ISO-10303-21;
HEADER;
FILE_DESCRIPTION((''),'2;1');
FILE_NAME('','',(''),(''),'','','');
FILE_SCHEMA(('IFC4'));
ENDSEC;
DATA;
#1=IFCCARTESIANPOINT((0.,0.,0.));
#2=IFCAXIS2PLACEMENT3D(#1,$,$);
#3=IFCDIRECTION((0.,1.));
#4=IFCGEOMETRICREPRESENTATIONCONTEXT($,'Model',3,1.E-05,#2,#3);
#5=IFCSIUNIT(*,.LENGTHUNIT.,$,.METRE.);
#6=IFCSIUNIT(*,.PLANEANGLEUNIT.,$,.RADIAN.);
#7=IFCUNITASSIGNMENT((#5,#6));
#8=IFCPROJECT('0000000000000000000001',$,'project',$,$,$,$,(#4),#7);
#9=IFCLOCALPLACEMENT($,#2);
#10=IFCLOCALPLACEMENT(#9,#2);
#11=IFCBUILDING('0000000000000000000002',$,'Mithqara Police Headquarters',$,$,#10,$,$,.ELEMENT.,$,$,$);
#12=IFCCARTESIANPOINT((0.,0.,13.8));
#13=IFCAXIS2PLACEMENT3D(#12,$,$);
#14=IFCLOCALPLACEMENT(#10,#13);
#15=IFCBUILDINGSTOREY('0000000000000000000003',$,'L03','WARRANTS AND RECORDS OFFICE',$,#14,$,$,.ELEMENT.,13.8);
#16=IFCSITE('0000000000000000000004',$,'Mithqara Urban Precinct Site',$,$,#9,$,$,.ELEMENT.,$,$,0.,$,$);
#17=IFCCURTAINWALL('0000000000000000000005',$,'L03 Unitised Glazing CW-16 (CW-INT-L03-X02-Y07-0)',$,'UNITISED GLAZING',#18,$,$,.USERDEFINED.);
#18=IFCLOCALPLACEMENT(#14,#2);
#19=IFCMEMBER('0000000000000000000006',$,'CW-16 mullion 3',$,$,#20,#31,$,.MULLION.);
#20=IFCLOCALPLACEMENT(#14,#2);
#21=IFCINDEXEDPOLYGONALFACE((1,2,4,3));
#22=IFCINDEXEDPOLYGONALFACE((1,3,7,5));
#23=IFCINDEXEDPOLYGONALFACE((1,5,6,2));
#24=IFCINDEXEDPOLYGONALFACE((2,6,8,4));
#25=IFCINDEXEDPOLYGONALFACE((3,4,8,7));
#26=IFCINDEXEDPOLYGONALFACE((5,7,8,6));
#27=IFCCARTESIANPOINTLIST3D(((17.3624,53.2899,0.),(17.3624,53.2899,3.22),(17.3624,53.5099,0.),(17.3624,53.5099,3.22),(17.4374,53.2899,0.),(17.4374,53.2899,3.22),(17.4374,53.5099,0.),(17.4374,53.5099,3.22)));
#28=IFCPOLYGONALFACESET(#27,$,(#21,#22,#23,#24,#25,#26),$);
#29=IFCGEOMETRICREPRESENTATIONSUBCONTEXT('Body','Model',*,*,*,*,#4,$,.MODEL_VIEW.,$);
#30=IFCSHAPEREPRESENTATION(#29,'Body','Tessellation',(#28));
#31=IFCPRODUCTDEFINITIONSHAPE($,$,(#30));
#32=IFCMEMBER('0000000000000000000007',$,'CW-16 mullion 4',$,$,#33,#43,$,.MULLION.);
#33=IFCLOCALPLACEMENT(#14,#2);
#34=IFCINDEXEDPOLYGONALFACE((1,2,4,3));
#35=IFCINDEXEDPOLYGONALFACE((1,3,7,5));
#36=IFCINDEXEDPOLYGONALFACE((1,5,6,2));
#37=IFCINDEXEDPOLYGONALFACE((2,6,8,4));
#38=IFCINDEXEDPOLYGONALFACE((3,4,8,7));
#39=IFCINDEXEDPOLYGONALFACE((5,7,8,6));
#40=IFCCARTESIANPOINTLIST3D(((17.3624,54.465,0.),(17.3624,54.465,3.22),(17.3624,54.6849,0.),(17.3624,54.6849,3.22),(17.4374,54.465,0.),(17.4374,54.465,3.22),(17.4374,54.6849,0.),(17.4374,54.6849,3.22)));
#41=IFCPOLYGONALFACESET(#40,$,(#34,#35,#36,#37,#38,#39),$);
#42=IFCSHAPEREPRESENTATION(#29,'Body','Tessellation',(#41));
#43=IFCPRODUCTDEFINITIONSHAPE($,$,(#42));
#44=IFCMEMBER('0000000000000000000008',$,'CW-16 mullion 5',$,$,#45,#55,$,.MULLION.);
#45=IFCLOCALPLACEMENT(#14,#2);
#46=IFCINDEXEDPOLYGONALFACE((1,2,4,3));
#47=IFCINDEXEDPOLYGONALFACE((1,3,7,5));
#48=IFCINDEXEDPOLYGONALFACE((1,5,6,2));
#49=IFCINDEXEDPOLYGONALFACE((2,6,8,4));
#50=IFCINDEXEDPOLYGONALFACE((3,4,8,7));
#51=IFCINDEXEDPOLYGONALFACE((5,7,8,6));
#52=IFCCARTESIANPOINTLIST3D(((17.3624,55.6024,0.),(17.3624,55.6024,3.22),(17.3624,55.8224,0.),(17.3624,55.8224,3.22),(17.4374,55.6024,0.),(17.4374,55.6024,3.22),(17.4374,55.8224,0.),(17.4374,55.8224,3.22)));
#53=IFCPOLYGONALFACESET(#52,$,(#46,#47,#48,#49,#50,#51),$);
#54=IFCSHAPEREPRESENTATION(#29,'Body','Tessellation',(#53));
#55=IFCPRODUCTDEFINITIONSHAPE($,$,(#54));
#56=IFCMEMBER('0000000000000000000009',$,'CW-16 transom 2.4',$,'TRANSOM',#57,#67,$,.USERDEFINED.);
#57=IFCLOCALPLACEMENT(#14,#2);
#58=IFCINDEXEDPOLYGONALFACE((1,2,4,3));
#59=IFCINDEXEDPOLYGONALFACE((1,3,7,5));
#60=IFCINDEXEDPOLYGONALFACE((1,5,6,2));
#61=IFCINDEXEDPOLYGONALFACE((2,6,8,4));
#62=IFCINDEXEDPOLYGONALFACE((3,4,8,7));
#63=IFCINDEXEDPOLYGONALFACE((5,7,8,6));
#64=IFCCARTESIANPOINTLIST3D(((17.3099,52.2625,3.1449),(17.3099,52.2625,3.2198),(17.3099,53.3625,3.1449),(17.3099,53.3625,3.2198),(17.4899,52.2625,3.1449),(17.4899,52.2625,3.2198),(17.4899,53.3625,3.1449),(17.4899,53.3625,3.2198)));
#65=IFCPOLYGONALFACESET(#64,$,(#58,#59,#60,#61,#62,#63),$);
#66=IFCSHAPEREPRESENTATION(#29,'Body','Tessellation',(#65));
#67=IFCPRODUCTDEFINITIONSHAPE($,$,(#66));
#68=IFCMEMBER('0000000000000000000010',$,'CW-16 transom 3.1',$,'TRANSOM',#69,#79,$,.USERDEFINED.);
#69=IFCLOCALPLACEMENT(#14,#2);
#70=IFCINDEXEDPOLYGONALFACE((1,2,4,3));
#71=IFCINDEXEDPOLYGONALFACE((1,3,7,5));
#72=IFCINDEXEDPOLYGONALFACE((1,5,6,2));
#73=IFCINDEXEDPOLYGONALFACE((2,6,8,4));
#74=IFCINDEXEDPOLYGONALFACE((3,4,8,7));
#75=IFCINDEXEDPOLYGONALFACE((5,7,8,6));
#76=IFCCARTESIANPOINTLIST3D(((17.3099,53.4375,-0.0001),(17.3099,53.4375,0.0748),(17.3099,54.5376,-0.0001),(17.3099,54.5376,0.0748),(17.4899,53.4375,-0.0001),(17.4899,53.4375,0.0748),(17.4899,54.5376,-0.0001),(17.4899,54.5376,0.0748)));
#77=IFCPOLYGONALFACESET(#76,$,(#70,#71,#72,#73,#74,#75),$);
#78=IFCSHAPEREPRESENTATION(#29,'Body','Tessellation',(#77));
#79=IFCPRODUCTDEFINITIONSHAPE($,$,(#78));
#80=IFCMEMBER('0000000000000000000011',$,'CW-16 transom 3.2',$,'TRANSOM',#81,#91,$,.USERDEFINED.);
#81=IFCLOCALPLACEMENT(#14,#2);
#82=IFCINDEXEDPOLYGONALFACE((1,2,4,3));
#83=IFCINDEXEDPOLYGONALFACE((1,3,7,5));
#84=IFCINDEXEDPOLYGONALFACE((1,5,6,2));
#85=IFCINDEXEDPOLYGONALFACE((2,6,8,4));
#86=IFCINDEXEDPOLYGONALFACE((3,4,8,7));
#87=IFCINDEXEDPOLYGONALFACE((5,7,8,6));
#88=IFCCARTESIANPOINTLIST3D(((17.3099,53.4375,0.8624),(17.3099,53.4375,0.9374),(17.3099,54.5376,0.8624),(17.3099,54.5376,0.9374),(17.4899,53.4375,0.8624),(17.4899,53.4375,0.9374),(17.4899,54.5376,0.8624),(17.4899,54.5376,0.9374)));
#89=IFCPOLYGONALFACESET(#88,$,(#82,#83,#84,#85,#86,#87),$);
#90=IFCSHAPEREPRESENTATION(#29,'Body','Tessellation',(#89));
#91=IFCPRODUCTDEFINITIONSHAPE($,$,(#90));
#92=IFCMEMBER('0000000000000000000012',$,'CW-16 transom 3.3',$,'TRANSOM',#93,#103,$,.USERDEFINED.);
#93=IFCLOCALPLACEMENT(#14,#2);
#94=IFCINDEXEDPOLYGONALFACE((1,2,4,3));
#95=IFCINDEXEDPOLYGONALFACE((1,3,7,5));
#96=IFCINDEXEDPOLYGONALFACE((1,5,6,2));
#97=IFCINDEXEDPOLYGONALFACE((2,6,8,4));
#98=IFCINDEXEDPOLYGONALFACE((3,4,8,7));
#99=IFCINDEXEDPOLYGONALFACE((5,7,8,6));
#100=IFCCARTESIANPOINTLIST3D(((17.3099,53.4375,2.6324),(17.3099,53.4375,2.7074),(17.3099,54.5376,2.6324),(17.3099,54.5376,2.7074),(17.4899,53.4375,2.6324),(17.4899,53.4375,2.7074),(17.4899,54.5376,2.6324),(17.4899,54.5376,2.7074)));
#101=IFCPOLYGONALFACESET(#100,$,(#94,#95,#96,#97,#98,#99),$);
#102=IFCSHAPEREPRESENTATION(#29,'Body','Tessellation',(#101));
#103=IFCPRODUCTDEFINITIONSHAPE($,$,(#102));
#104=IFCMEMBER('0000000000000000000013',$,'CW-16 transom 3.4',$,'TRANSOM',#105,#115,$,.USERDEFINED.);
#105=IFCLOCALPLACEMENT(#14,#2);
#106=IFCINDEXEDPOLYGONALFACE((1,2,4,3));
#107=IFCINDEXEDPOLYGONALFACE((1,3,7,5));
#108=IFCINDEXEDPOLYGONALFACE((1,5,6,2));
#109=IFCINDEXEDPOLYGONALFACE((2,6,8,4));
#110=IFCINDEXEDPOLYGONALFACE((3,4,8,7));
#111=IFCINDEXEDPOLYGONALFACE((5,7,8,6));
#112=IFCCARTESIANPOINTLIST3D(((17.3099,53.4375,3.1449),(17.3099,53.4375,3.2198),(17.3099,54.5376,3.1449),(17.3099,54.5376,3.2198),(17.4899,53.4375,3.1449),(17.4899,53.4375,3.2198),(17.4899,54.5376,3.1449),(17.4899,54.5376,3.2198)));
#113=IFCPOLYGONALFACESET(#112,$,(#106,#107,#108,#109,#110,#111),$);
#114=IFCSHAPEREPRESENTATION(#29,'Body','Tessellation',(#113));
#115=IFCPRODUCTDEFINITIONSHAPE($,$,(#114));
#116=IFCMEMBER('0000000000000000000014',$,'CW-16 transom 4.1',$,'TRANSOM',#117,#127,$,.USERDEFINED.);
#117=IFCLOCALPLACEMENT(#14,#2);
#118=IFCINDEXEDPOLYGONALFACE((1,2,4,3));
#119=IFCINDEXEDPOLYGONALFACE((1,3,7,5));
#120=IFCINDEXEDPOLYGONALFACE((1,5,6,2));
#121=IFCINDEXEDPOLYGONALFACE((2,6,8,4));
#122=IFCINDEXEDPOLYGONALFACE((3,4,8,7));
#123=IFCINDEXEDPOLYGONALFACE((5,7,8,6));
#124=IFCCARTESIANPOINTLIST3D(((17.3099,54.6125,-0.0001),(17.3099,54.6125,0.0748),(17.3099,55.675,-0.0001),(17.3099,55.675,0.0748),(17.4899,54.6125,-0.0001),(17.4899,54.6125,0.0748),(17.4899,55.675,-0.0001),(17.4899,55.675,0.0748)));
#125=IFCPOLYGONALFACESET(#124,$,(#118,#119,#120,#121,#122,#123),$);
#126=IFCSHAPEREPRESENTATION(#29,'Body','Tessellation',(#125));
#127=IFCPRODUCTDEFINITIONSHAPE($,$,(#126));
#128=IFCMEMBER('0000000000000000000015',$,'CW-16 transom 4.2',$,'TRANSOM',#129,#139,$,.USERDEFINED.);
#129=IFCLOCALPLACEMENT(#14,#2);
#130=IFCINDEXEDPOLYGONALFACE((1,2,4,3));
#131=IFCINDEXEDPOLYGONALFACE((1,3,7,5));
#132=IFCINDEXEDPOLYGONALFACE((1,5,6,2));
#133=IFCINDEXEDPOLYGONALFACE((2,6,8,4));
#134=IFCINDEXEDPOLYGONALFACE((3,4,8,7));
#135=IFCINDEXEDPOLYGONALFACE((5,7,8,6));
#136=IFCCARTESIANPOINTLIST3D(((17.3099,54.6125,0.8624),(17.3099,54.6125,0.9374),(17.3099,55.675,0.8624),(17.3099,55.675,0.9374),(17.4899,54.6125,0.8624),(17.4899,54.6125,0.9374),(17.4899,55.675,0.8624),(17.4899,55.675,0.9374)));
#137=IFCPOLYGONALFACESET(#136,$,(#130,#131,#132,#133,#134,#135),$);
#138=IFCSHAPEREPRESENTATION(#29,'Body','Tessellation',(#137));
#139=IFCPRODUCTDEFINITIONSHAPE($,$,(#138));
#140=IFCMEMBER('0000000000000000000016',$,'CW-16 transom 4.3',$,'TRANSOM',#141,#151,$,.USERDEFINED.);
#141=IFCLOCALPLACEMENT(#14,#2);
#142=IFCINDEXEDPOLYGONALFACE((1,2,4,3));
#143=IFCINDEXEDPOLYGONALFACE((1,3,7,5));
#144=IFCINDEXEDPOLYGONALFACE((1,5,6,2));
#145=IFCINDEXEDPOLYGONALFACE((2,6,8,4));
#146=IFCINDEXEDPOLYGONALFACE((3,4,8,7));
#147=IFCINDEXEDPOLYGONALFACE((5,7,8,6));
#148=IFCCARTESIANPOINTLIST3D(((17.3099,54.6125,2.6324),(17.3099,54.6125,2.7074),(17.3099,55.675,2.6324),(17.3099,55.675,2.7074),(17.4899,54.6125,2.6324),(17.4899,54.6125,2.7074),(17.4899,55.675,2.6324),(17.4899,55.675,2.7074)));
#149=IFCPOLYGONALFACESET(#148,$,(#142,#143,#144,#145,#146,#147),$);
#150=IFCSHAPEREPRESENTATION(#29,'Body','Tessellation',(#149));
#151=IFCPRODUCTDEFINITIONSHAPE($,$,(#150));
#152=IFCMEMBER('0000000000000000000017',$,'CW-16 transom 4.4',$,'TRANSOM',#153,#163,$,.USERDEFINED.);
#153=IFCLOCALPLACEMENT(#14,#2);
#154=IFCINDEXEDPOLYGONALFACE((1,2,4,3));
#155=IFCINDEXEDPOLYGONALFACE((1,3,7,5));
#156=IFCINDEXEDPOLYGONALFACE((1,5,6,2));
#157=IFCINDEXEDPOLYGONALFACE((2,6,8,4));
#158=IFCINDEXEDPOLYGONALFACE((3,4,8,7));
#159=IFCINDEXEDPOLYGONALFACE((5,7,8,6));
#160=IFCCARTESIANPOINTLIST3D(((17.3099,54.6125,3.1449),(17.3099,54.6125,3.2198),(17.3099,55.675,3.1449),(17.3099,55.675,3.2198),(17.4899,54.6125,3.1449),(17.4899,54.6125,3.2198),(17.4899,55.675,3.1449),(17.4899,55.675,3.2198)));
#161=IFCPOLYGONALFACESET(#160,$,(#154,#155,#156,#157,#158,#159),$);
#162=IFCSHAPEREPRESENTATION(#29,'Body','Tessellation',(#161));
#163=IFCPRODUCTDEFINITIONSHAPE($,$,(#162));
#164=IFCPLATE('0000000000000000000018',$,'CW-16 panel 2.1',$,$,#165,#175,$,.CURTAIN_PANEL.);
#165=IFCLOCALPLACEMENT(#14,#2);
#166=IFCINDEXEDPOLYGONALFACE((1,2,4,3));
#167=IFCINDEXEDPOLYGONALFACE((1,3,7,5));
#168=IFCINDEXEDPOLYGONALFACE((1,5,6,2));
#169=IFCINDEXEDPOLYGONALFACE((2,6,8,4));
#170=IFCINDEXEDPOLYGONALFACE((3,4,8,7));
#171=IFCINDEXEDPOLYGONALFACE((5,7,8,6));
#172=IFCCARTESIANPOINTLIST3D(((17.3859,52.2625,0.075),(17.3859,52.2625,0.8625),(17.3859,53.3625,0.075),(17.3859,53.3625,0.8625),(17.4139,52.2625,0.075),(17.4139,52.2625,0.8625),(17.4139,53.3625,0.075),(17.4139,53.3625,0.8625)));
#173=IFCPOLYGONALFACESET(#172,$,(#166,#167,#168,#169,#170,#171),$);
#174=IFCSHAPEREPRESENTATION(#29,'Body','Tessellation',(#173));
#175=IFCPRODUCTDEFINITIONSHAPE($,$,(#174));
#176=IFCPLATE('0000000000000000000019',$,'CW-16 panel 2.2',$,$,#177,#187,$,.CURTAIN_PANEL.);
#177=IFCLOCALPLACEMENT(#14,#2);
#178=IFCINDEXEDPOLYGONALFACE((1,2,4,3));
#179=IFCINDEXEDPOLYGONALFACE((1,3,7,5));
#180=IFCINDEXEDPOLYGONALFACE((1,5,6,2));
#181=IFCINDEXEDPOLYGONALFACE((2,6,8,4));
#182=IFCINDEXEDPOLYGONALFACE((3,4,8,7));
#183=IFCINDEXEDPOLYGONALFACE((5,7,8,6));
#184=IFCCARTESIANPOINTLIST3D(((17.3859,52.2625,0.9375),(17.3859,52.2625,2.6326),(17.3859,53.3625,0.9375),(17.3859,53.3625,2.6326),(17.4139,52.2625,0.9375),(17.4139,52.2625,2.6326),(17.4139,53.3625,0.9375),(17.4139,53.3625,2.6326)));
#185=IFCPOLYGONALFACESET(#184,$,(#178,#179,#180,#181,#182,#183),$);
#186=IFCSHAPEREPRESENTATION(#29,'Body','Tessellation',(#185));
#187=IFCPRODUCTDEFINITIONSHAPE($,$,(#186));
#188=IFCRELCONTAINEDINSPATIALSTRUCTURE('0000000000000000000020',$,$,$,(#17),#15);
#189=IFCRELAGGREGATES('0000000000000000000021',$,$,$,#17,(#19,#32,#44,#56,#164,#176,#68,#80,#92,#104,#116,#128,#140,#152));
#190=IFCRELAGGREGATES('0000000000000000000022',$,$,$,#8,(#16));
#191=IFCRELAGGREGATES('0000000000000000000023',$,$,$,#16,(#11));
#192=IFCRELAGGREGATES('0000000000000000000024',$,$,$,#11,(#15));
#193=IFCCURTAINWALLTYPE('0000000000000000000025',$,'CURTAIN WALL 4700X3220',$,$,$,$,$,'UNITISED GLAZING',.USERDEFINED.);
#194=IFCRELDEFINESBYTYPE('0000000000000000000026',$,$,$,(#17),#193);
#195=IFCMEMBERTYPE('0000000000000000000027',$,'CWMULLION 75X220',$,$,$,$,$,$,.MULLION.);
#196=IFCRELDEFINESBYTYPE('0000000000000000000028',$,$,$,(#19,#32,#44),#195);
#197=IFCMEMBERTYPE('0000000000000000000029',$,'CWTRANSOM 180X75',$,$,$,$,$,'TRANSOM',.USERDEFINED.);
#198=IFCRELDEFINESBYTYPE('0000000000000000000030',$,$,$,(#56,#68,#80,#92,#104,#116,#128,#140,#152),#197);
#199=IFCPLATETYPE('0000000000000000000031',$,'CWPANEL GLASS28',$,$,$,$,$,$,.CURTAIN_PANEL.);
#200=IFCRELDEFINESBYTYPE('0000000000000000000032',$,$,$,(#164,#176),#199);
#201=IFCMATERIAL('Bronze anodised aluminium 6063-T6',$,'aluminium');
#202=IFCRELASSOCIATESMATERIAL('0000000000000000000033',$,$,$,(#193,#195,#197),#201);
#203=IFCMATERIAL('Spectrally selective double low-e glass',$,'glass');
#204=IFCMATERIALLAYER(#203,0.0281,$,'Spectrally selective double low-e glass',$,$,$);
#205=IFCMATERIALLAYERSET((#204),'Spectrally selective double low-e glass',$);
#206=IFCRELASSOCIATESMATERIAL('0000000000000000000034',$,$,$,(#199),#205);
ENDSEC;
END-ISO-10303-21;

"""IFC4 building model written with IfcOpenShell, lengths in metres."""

from ifc_helpers import new_model, si_unit, direction, frame, origin, origin_2d, place, context, subcontext, project, spatial, rectangle, extrude, material, layer, layer_set, material_profile, profile_set, type_object, element, aggregate, save


model = new_model("IFC4")

# Units and contexts
model_context = context("Model", 3, precision=1e-05, world=origin(), true_north=direction((0.0, 1.0)))
body_context = subcontext(model_context, "Body", "Model", "MODEL_VIEW")
ifc_project = project(units=[si_unit("LENGTHUNIT", "METRE"), si_unit("PLANEANGLEUNIT", "RADIAN")], contexts=[model_context])

# Site, building, storey
site_placement = place(None, origin())
site = spatial("IfcSite", under=ifc_project, at=site_placement, Name="Mithqara Urban Precinct Site", CompositionType="ELEMENT", RefElevation=0.0)
building_placement = place(site_placement, origin())
building = spatial("IfcBuilding", under=site, at=building_placement, Name="Mithqara Police Headquarters", CompositionType="ELEMENT")
storey_placement = place(building_placement, frame((0.0, 0.0, 13.8)))
storey = spatial("IfcBuildingStorey", under=building, at=storey_placement, Name="L03", Description="WARRANTS AND RECORDS OFFICE", CompositionType="ELEMENT", Elevation=13.8)

# Curtain wall, members, plates
ifc_material_1 = material(Name="Bronze anodised aluminium 6063-T6", Category="aluminium")
curtain_wall_type = type_object("IfcCurtainWallType", Name="CURTAIN WALL 4700X3220", ElementType="UNITISED GLAZING", PredefinedType="USERDEFINED", material=ifc_material_1)
curtain_wall_placement = place(storey_placement, origin())
curtain_wall = element("IfcCurtainWall", 1, at=curtain_wall_placement, inside=storey, type_object=curtain_wall_type, Name="L03 Unitised Glazing CW-16 (CW-INT-L03-X02-Y07-0)", ObjectType="UNITISED GLAZING", PredefinedType="USERDEFINED")
ifc_material_profile_1 = material_profile(ifc_material_1, rectangle(XDim=0.075, YDim=0.22, at=origin_2d()), Name="CWM 75x220")
ifc_profile_set_1 = profile_set([ifc_material_profile_1], Name="Bronze anodised aluminium 6063-T6")
member_type_1 = type_object("IfcMemberType", Name="CWMULLION 75X220", PredefinedType="MULLION", material=ifc_profile_set_1)
member_1_placement = place(storey_placement, frame((17.3999, 53.3999, 0.0), z_axis=(0.0, 0.0, 1.0), x_axis=(-1.0, 0.0, 0.0)))
member_1 = element("IfcMember", 2, at=member_1_placement, type_object=member_type_1, Name="CW-16 mullion 3", PredefinedType="MULLION", context=body_context, shape_type="SweptSolid", body=[
    extrude(rectangle(XDim=0.075, YDim=0.22, at=origin_2d()), origin(), (0.0, 0.0, 1.0), 3.22),
])
member_2_placement = place(storey_placement, frame((17.3999, 54.575, 0.0), z_axis=(0.0, 0.0, 1.0), x_axis=(-1.0, 0.0, 0.0)))
member_2 = element("IfcMember", 3, at=member_2_placement, type_object=member_type_1, Name="CW-16 mullion 4", PredefinedType="MULLION", context=body_context, shape_type="SweptSolid", body=[
    extrude(rectangle(XDim=0.075, YDim=0.22, at=origin_2d()), origin(), (0.0, 0.0, 1.0), 3.22),
])
member_3_placement = place(storey_placement, frame((17.3999, 55.7124, 0.0), z_axis=(0.0, 0.0, 1.0), x_axis=(-1.0, 0.0, 0.0)))
member_3 = element("IfcMember", 4, at=member_3_placement, type_object=member_type_1, Name="CW-16 mullion 5", PredefinedType="MULLION", context=body_context, shape_type="SweptSolid", body=[
    extrude(rectangle(XDim=0.075, YDim=0.22, at=origin_2d()), origin(), (0.0, 0.0, 1.0), 3.22),
])
ifc_material_profile_2 = material_profile(ifc_material_1, rectangle(XDim=0.1799, YDim=0.075, at=origin_2d()), Name="CWT 180x75")
ifc_profile_set_2 = profile_set([ifc_material_profile_2], Name="Bronze anodised aluminium 6063-T6")
member_type_2 = type_object("IfcMemberType", Name="CWTRANSOM 180X75", ElementType="TRANSOM", PredefinedType="USERDEFINED", material=ifc_profile_set_2)
member_4_placement = place(storey_placement, frame((17.3999, 52.2625, 3.1824), z_axis=(0.0, 1.0, 0.0), x_axis=(-1.0, 0.0, 0.0)))
member_4 = element("IfcMember", 5, at=member_4_placement, type_object=member_type_2, Name="CW-16 transom 2.4", ObjectType="TRANSOM", PredefinedType="USERDEFINED", context=body_context, shape_type="SweptSolid", body=[
    extrude(rectangle(XDim=0.1799, YDim=0.075, at=origin_2d()), origin(), (0.0, 0.0, 1.0), 1.1001),
])
member_5_placement = place(storey_placement, frame((17.3999, 53.4375, 0.0374), z_axis=(0.0, 1.0, 0.0), x_axis=(-1.0, 0.0, 0.0)))
member_5 = element("IfcMember", 6, at=member_5_placement, type_object=member_type_2, Name="CW-16 transom 3.1", ObjectType="TRANSOM", PredefinedType="USERDEFINED", context=body_context, shape_type="SweptSolid", body=[
    extrude(rectangle(XDim=0.1799, YDim=0.075, at=origin_2d()), origin(), (0.0, 0.0, 1.0), 1.1001),
])
member_6_placement = place(storey_placement, frame((17.3999, 53.4375, 0.8999), z_axis=(0.0, 1.0, 0.0), x_axis=(-1.0, 0.0, 0.0)))
member_6 = element("IfcMember", 7, at=member_6_placement, type_object=member_type_2, Name="CW-16 transom 3.2", ObjectType="TRANSOM", PredefinedType="USERDEFINED", context=body_context, shape_type="SweptSolid", body=[
    extrude(rectangle(XDim=0.1799, YDim=0.075, at=origin_2d()), origin(), (0.0, 0.0, 1.0), 1.1001),
])
member_7_placement = place(storey_placement, frame((17.3999, 53.4375, 2.6699), z_axis=(0.0, 1.0, 0.0), x_axis=(-1.0, 0.0, 0.0)))
member_7 = element("IfcMember", 8, at=member_7_placement, type_object=member_type_2, Name="CW-16 transom 3.3", ObjectType="TRANSOM", PredefinedType="USERDEFINED", context=body_context, shape_type="SweptSolid", body=[
    extrude(rectangle(XDim=0.1799, YDim=0.075, at=origin_2d()), origin(), (0.0, 0.0, 1.0), 1.1001),
])
member_8_placement = place(storey_placement, frame((17.3999, 53.4375, 3.1824), z_axis=(0.0, 1.0, 0.0), x_axis=(-1.0, 0.0, 0.0)))
member_8 = element("IfcMember", 9, at=member_8_placement, type_object=member_type_2, Name="CW-16 transom 3.4", ObjectType="TRANSOM", PredefinedType="USERDEFINED", context=body_context, shape_type="SweptSolid", body=[
    extrude(rectangle(XDim=0.1799, YDim=0.075, at=origin_2d()), origin(), (0.0, 0.0, 1.0), 1.1001),
])
member_9_placement = place(storey_placement, frame((17.3999, 54.6125, 0.0374), z_axis=(0.0, 1.0, 0.0), x_axis=(-1.0, 0.0, 0.0)))
member_9 = element("IfcMember", 10, at=member_9_placement, type_object=member_type_2, Name="CW-16 transom 4.1", ObjectType="TRANSOM", PredefinedType="USERDEFINED", context=body_context, shape_type="SweptSolid", body=[
    extrude(rectangle(XDim=0.1799, YDim=0.075, at=origin_2d()), origin(), (0.0, 0.0, 1.0), 1.0625),
])
member_10_placement = place(storey_placement, frame((17.3999, 54.6125, 0.8999), z_axis=(0.0, 1.0, 0.0), x_axis=(-1.0, 0.0, 0.0)))
member_10 = element("IfcMember", 11, at=member_10_placement, type_object=member_type_2, Name="CW-16 transom 4.2", ObjectType="TRANSOM", PredefinedType="USERDEFINED", context=body_context, shape_type="SweptSolid", body=[
    extrude(rectangle(XDim=0.1799, YDim=0.075, at=origin_2d()), origin(), (0.0, 0.0, 1.0), 1.0625),
])
member_11_placement = place(storey_placement, frame((17.3999, 54.6125, 2.6699), z_axis=(0.0, 1.0, 0.0), x_axis=(-1.0, 0.0, 0.0)))
member_11 = element("IfcMember", 12, at=member_11_placement, type_object=member_type_2, Name="CW-16 transom 4.3", ObjectType="TRANSOM", PredefinedType="USERDEFINED", context=body_context, shape_type="SweptSolid", body=[
    extrude(rectangle(XDim=0.1799, YDim=0.075, at=origin_2d()), origin(), (0.0, 0.0, 1.0), 1.0625),
])
member_12_placement = place(storey_placement, frame((17.3999, 54.6125, 3.1824), z_axis=(0.0, 1.0, 0.0), x_axis=(-1.0, 0.0, 0.0)))
member_12 = element("IfcMember", 13, at=member_12_placement, type_object=member_type_2, Name="CW-16 transom 4.4", ObjectType="TRANSOM", PredefinedType="USERDEFINED", context=body_context, shape_type="SweptSolid", body=[
    extrude(rectangle(XDim=0.1799, YDim=0.075, at=origin_2d()), origin(), (0.0, 0.0, 1.0), 1.0625),
])
ifc_material_2 = material(Name="Spectrally selective double low-e glass", Category="glass")
ifc_layer_1 = layer(ifc_material_2, 0.0281, Name="Spectrally selective double low-e glass")
ifc_layer_set_1 = layer_set([ifc_layer_1], Name="Spectrally selective double low-e glass")
plate_type = type_object("IfcPlateType", Name="CWPANEL GLASS28", PredefinedType="CURTAIN_PANEL", material=ifc_layer_set_1)
plate_1_placement = place(storey_placement, frame((17.3999, 52.8125, 0.075), z_axis=(0.0, 0.0, 1.0), x_axis=(0.0, 1.0, 0.0)))
plate_1 = element("IfcPlate", 14, at=plate_1_placement, type_object=plate_type, Name="CW-16 panel 2.1", PredefinedType="CURTAIN_PANEL", context=body_context, shape_type="SweptSolid", body=[
    extrude(rectangle(XDim=1.1001, YDim=0.0281, at=origin_2d()), origin(), (0.0, 0.0, 1.0), 0.7876),
])
plate_2_placement = place(storey_placement, frame((17.3999, 52.8125, 0.9375), z_axis=(0.0, 0.0, 1.0), x_axis=(0.0, 1.0, 0.0)))
plate_2 = element("IfcPlate", 15, at=plate_2_placement, type_object=plate_type, Name="CW-16 panel 2.2", PredefinedType="CURTAIN_PANEL", context=body_context, shape_type="SweptSolid", body=[
    extrude(rectangle(XDim=1.1001, YDim=0.0281, at=origin_2d()), origin(), (0.0, 0.0, 1.0), 1.6951),
])
aggregate(curtain_wall, [member_1, member_2, member_3, member_4, plate_1, plate_2, member_5, member_6, member_7, member_8, member_9, member_10, member_11, member_12])

save(model, "model.ifc")
